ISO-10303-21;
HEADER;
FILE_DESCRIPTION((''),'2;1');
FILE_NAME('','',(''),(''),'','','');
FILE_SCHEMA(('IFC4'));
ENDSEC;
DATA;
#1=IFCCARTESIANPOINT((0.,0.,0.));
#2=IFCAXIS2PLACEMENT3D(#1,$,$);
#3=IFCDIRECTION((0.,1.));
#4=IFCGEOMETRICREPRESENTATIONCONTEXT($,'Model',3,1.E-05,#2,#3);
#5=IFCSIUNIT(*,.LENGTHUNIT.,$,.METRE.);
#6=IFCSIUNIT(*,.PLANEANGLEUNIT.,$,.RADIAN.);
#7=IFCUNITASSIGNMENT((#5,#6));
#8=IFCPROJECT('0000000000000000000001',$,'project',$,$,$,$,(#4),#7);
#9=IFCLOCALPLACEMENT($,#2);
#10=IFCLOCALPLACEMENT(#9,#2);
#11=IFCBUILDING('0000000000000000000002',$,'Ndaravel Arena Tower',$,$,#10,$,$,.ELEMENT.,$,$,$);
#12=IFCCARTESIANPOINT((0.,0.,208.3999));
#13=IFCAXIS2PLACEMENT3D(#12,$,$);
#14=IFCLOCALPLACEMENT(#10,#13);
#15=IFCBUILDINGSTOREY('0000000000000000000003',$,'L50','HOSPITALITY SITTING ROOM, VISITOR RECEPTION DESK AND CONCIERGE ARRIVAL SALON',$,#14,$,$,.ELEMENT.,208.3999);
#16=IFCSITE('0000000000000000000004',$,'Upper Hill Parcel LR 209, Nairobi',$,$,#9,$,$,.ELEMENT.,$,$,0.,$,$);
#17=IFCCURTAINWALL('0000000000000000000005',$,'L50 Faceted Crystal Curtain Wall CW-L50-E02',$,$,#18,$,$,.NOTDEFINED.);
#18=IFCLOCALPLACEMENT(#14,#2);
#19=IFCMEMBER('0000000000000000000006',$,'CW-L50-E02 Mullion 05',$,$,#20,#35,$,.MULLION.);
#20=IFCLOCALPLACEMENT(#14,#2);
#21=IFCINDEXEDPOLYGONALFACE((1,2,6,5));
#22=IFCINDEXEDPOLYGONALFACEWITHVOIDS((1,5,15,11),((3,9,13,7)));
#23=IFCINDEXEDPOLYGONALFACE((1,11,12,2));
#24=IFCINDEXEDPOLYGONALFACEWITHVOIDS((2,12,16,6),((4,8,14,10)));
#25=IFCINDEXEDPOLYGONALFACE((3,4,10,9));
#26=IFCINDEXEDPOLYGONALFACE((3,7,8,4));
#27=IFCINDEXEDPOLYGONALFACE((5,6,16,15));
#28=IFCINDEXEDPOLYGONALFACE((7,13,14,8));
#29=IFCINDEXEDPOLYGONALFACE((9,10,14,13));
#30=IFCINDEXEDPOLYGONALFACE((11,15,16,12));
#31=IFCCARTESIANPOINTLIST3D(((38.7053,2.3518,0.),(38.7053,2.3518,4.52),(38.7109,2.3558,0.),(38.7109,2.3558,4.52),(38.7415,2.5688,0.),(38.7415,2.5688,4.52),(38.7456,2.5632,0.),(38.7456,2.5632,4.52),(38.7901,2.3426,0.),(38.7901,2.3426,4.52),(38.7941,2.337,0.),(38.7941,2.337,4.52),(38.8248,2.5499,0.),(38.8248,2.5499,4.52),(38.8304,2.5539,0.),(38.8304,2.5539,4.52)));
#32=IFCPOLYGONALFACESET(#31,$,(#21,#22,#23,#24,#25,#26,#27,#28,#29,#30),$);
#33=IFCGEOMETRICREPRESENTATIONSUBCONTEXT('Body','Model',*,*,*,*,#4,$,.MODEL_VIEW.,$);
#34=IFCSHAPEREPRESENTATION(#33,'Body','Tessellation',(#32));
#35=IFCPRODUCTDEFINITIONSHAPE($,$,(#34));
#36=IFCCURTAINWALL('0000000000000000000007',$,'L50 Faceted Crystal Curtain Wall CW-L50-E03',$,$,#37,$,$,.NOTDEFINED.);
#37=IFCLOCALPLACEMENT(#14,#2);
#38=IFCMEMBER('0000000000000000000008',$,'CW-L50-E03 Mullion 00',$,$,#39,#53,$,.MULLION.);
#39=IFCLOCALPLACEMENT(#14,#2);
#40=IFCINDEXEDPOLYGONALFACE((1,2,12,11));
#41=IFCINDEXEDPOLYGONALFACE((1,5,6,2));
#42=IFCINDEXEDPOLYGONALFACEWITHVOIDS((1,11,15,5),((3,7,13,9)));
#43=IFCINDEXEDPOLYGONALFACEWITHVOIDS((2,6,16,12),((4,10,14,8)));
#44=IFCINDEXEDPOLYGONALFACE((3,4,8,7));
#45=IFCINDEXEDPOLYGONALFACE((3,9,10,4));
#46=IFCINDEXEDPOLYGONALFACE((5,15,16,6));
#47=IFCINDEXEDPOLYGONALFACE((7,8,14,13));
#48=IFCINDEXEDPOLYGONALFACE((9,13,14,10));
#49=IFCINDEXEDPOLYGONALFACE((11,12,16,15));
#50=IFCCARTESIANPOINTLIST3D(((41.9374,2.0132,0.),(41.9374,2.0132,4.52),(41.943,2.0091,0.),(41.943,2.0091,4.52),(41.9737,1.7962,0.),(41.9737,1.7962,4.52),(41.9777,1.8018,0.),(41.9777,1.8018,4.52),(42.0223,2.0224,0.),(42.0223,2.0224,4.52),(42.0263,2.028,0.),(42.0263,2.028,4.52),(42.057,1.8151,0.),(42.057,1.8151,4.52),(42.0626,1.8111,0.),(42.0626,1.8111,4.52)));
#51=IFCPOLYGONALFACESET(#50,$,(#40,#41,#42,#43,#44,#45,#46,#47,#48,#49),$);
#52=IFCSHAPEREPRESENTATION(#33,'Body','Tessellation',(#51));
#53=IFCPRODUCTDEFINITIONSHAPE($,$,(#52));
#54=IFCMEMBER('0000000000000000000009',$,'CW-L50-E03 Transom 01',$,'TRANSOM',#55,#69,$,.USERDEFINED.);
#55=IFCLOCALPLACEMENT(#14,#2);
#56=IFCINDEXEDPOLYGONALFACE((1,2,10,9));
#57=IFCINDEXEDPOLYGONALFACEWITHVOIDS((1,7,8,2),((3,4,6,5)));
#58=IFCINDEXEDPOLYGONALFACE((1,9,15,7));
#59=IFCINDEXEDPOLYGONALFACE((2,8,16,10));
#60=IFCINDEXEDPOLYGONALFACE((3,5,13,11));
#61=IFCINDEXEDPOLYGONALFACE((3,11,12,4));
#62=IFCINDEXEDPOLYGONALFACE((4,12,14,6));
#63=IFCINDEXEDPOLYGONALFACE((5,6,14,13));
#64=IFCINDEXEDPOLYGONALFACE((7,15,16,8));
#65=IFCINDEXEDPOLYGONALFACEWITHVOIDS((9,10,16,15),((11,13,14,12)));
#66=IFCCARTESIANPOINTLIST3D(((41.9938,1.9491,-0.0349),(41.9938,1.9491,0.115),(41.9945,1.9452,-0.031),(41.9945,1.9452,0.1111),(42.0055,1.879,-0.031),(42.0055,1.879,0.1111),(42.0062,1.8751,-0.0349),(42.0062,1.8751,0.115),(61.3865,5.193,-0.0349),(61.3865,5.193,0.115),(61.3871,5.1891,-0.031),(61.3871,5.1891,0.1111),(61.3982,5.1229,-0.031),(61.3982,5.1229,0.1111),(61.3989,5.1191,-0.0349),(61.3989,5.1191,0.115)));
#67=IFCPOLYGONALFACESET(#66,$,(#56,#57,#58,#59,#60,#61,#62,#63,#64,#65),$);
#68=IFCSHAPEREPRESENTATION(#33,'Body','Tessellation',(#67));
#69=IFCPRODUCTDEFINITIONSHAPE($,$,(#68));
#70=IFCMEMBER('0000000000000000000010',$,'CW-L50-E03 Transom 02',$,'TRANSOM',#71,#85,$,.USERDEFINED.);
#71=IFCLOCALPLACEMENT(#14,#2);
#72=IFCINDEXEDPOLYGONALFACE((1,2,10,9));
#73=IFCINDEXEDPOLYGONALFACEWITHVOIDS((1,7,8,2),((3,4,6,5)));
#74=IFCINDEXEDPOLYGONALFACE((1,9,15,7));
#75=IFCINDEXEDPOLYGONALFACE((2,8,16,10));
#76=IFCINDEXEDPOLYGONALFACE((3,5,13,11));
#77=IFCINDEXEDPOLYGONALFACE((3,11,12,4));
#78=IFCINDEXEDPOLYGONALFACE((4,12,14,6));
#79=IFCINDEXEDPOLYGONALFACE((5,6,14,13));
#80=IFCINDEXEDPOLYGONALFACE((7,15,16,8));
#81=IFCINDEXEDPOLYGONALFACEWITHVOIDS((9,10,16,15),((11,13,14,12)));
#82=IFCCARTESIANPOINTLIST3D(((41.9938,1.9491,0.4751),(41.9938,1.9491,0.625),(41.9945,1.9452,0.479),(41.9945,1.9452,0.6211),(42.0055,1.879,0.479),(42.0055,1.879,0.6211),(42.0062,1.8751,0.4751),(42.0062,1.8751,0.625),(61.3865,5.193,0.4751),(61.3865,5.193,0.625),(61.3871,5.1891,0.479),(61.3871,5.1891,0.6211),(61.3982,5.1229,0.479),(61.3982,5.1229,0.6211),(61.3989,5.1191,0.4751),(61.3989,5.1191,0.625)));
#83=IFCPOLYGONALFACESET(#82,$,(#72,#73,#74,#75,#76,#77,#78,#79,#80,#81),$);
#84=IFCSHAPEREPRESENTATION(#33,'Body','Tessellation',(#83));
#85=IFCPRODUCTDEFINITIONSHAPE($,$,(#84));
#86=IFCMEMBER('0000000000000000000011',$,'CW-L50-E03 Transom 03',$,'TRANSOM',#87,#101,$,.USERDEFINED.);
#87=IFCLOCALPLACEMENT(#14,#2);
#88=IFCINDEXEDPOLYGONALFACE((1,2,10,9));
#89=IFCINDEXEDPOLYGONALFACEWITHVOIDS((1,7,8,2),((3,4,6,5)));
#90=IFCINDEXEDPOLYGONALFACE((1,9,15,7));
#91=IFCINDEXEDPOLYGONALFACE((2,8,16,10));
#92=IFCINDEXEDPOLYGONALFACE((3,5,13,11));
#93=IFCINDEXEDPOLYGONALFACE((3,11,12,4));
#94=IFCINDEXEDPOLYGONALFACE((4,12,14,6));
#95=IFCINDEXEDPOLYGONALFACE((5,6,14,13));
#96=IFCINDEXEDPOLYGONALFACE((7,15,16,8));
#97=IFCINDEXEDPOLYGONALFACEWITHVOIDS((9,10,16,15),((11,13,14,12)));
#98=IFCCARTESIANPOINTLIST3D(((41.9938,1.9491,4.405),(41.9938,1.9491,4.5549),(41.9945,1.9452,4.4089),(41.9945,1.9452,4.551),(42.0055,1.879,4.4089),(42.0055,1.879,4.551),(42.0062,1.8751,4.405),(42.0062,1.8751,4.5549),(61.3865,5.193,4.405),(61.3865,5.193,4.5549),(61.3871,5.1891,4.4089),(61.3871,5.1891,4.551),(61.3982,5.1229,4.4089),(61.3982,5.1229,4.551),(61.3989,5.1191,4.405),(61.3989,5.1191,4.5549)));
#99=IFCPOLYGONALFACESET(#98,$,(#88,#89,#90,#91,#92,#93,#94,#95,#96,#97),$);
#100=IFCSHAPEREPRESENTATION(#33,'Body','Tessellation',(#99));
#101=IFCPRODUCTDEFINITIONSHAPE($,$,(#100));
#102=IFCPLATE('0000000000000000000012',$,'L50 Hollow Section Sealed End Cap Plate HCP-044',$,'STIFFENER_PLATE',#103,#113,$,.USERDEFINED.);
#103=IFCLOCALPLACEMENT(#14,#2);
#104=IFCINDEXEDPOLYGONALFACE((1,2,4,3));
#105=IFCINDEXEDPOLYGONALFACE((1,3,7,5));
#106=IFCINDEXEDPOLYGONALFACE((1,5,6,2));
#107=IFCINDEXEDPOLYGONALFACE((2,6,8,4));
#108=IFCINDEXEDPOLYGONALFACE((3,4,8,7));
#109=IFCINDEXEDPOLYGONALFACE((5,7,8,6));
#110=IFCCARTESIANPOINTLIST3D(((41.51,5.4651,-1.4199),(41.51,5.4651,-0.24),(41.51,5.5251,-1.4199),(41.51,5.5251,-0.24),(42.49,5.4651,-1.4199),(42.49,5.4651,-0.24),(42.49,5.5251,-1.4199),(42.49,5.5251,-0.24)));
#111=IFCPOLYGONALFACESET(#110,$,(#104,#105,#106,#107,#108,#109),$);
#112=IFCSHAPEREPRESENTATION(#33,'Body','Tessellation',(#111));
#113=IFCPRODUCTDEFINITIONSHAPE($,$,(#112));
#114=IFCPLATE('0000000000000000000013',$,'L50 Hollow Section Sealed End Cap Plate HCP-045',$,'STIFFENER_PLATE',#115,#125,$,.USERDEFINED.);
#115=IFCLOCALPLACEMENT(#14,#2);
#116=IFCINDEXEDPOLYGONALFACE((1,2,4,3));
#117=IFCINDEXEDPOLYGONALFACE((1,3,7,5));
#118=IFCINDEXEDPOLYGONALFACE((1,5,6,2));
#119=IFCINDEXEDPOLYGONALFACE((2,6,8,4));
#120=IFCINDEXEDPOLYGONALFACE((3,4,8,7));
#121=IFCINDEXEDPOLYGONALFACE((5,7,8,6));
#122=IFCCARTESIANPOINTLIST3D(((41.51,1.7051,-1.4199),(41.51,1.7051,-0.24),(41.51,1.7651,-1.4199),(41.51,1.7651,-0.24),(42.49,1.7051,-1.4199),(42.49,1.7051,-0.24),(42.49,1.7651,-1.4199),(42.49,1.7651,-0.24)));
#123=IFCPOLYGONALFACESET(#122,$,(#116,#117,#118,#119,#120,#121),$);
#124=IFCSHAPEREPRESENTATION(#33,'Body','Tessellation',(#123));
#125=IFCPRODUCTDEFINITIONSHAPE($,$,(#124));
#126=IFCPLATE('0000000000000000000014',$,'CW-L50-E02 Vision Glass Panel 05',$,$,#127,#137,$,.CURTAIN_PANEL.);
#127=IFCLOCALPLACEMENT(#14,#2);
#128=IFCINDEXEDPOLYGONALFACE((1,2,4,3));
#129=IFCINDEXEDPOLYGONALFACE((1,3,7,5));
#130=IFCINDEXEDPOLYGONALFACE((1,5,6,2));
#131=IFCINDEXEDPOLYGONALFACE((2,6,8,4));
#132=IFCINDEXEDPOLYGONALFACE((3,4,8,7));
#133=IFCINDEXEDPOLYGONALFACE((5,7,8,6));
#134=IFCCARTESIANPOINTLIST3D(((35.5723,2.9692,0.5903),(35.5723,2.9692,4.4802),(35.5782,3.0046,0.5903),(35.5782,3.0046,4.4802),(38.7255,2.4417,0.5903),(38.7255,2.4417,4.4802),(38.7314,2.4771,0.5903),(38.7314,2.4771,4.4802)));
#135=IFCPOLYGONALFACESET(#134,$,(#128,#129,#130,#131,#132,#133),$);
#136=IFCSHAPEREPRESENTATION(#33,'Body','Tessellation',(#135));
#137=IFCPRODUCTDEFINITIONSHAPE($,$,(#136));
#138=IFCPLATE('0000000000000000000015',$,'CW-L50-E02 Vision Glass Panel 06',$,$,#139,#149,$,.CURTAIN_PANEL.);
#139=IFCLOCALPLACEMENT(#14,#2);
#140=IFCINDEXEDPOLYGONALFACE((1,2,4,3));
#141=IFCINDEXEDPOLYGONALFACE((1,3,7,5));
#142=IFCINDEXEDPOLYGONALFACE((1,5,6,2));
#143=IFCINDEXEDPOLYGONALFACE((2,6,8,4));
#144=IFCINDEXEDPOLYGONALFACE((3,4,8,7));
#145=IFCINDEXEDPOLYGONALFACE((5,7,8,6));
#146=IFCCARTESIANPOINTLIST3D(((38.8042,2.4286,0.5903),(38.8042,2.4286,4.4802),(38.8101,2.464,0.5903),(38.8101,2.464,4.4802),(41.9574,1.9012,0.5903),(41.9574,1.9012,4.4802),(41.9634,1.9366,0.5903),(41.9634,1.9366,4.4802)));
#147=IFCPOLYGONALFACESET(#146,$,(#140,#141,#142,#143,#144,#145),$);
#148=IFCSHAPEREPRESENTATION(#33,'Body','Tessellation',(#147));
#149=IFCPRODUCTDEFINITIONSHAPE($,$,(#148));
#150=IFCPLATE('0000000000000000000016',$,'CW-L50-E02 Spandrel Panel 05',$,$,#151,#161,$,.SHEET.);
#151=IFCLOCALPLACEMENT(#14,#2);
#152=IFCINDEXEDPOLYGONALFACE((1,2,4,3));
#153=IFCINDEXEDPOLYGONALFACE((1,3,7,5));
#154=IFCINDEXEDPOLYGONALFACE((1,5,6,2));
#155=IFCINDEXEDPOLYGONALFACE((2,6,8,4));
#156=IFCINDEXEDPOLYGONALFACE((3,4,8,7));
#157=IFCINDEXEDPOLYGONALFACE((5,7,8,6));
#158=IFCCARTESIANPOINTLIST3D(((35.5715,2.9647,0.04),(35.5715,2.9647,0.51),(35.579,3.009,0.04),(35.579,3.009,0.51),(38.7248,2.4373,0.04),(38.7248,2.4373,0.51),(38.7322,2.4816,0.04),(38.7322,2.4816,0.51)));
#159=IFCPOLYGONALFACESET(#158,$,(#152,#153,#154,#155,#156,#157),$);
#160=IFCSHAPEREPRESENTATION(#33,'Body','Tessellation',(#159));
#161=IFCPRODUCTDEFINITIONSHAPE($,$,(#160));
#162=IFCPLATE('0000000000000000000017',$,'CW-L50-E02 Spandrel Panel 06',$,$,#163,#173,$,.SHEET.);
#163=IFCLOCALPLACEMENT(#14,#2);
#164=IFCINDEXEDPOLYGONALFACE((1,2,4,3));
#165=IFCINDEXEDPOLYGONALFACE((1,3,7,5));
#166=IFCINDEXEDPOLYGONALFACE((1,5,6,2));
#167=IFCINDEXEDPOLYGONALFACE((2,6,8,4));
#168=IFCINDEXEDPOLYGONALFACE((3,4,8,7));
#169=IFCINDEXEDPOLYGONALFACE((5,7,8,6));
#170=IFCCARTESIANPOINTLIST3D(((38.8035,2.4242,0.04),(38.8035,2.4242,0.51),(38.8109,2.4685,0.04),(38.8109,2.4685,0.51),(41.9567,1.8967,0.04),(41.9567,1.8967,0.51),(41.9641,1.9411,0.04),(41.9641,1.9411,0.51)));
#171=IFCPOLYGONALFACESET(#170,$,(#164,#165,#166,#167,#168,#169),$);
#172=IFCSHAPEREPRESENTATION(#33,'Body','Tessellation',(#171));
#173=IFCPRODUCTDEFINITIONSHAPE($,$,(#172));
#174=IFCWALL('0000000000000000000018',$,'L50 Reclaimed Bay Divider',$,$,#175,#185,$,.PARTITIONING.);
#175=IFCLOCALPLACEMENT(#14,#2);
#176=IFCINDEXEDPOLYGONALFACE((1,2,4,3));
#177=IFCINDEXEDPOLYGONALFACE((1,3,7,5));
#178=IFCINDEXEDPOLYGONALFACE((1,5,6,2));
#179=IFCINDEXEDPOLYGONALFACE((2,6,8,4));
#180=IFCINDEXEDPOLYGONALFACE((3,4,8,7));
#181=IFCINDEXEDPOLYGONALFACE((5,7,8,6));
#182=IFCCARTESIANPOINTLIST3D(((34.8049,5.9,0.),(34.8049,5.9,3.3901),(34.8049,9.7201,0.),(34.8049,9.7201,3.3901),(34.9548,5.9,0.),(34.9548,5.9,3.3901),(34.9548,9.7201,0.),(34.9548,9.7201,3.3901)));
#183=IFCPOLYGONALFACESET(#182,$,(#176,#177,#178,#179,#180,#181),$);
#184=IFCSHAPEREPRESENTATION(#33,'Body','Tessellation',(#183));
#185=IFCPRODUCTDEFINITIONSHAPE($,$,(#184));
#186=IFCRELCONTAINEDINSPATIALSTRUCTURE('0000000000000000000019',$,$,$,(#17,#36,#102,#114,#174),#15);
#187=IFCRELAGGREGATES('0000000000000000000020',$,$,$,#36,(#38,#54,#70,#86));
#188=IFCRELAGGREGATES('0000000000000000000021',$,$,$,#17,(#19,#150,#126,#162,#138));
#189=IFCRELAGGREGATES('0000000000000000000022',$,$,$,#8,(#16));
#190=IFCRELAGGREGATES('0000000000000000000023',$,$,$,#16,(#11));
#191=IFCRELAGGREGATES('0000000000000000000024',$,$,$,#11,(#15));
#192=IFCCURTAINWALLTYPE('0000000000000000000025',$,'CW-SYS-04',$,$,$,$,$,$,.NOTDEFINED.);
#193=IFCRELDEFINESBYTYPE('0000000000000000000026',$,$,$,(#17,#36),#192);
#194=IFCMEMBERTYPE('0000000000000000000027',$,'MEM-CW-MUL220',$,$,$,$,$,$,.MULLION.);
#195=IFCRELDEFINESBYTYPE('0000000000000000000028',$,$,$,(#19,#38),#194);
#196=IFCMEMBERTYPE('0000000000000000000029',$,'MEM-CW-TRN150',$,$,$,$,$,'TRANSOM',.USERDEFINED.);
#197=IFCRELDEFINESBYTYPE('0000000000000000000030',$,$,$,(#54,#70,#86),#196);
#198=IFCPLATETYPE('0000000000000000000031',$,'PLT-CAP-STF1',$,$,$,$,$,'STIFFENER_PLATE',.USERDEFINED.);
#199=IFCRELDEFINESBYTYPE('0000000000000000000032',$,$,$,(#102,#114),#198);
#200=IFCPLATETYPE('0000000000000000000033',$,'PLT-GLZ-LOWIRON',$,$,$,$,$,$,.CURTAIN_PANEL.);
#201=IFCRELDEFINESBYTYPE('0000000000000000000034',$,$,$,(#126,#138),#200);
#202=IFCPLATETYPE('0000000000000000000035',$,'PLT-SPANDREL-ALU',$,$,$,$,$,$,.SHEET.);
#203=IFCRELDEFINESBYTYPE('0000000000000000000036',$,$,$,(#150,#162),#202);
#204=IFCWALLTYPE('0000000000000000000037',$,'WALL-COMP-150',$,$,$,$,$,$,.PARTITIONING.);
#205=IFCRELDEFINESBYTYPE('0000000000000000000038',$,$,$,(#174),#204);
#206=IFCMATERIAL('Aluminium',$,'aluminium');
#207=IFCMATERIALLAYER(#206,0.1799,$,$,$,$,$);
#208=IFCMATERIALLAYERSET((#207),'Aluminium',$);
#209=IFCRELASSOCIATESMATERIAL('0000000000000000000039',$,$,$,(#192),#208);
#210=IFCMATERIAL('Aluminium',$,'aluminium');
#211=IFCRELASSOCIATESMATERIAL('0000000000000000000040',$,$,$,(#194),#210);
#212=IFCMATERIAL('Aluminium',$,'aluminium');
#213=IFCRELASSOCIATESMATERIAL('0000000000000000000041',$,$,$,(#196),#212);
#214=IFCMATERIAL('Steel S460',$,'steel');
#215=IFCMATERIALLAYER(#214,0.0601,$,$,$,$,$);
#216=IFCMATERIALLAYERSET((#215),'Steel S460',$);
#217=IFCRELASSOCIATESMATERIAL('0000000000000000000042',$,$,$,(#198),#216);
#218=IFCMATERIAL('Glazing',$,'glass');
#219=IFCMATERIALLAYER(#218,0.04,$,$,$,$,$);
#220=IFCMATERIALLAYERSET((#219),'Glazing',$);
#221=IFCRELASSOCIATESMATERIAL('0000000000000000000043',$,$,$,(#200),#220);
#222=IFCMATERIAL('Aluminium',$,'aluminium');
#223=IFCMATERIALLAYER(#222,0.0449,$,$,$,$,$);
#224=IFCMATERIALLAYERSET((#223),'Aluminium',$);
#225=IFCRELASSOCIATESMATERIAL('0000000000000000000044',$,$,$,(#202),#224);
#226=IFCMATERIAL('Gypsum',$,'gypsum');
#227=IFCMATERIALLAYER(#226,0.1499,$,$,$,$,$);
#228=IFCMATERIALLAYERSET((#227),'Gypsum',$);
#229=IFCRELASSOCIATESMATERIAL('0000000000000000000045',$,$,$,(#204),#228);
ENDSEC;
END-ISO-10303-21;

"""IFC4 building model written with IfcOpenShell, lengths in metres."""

from ifc_helpers import new_model, si_unit, direction, frame, frame_2d, origin, origin_2d, place, context, subcontext, project, spatial, rectangle, hollow_rectangle, extrude, material, layer, layer_set, material_profile, profile_set, type_object, element, aggregate, save


model = new_model("IFC4")

# Units and contexts
model_context = context("Model", 3, precision=1e-05, world=origin(), true_north=direction((0.0, 1.0)))
body_context = subcontext(model_context, "Body", "Model", "MODEL_VIEW")
ifc_project = project(units=[si_unit("LENGTHUNIT", "METRE"), si_unit("PLANEANGLEUNIT", "RADIAN")], contexts=[model_context])

# Site, building, storey
site_placement = place(None, origin())
site = spatial("IfcSite", under=ifc_project, at=site_placement, Name="Upper Hill Parcel LR 209, Nairobi", CompositionType="ELEMENT", RefElevation=0.0)
building_placement = place(site_placement, origin())
building = spatial("IfcBuilding", under=site, at=building_placement, Name="Ndaravel Arena Tower", CompositionType="ELEMENT")
storey_placement = place(building_placement, frame((0.0, 0.0, 208.3999)))
storey = spatial("IfcBuildingStorey", under=building, at=storey_placement, Name="L50", Description="HOSPITALITY SITTING ROOM, VISITOR RECEPTION DESK AND CONCIERGE ARRIVAL SALON", CompositionType="ELEMENT", Elevation=208.3999)

# Curtain walls, members
ifc_material_1 = material(Name="Aluminium", Category="aluminium")
ifc_layer_1 = layer(ifc_material_1, 0.1799)
ifc_layer_set_1 = layer_set([ifc_layer_1], Name="Aluminium")
curtain_wall_type = type_object("IfcCurtainWallType", Name="CW-SYS-04", PredefinedType="NOTDEFINED", material=ifc_layer_set_1)
curtain_wall_1_placement = place(storey_placement, origin())
curtain_wall_1 = element("IfcCurtainWall", 1, at=curtain_wall_1_placement, inside=storey, type_object=curtain_wall_type, Name="L50 Faceted Crystal Curtain Wall CW-L50-E02", PredefinedType="NOTDEFINED")
ifc_material_2 = material(Name="Aluminium", Category="aluminium")
ifc_material_profile_1 = material_profile(ifc_material_2, hollow_rectangle(XDim=0.0901, YDim=0.22, WallThickness=0.0049, at=origin_2d()), Name="CW MULLION 90x220x5")
ifc_profile_set_1 = profile_set([ifc_material_profile_1], Name="Aluminium")
member_type_1 = type_object("IfcMemberType", Name="MEM-CW-MUL220", PredefinedType="MULLION", material=ifc_profile_set_1)
member_1_placement = place(storey_placement, frame((38.7678, 2.4529, 0.0), z_axis=(0.0, 0.0, 1.0), x_axis=(0.986297, -0.164979, 0.0)))
member_1 = element("IfcMember", 2, at=member_1_placement, type_object=member_type_1, Name="CW-L50-E02 Mullion 05", PredefinedType="MULLION", context=body_context, shape_type="SweptSolid", body=[
    extrude(hollow_rectangle(XDim=0.0901, YDim=0.22, WallThickness=0.0049, at=origin_2d()), origin(), (0.0, 0.0, 1.0), 4.52),
])
curtain_wall_2_placement = place(storey_placement, origin())
curtain_wall_2 = element("IfcCurtainWall", 3, at=curtain_wall_2_placement, inside=storey, type_object=curtain_wall_type, Name="L50 Faceted Crystal Curtain Wall CW-L50-E03", PredefinedType="NOTDEFINED")
member_2_placement = place(storey_placement, frame((42.0, 1.9121, 0.0), z_axis=(0.0, 0.0, 1.0), x_axis=(0.986297, 0.164979, 0.0)))
member_2 = element("IfcMember", 4, at=member_2_placement, type_object=member_type_1, Name="CW-L50-E03 Mullion 00", PredefinedType="MULLION", context=body_context, shape_type="SweptSolid", body=[
    extrude(hollow_rectangle(XDim=0.0901, YDim=0.22, WallThickness=0.0049, at=origin_2d()), origin(), (0.0, 0.0, 1.0), 4.52),
])
ifc_material_3 = material(Name="Aluminium", Category="aluminium")
ifc_material_profile_2 = material_profile(ifc_material_3, hollow_rectangle(XDim=0.075, YDim=0.1499, WallThickness=0.0039, at=origin_2d()), Name="CW TRANSOM 75x150x4")
ifc_profile_set_2 = profile_set([ifc_material_profile_2], Name="Aluminium")
member_type_2 = type_object("IfcMemberType", Name="MEM-CW-TRN150", ElementType="TRANSOM", PredefinedType="USERDEFINED", material=ifc_profile_set_2)
member_3_placement = place(storey_placement, frame((42.0, 1.9121, 0.04), z_axis=(0.986296, 0.164983, 0.0), x_axis=(-0.164983, 0.986296, 0.0)))
member_3 = element("IfcMember", 5, at=member_3_placement, type_object=member_type_2, Name="CW-L50-E03 Transom 01", ObjectType="TRANSOM", PredefinedType="USERDEFINED", context=body_context, shape_type="SweptSolid", body=[
    extrude(hollow_rectangle(XDim=0.075, YDim=0.1499, WallThickness=0.0039, at=origin_2d()), origin(), (0.0, 0.0, 1.0), 19.6621),
])
member_4_placement = place(storey_placement, frame((42.0, 1.9121, 0.55), z_axis=(0.986296, 0.164983, 0.0), x_axis=(-0.164983, 0.986296, 0.0)))
member_4 = element("IfcMember", 6, at=member_4_placement, type_object=member_type_2, Name="CW-L50-E03 Transom 02", ObjectType="TRANSOM", PredefinedType="USERDEFINED", context=body_context, shape_type="SweptSolid", body=[
    extrude(hollow_rectangle(XDim=0.075, YDim=0.1499, WallThickness=0.0039, at=origin_2d()), origin(), (0.0, 0.0, 1.0), 19.6621),
])
member_5_placement = place(storey_placement, frame((42.0, 1.9121, 4.48), z_axis=(0.986296, 0.164983, 0.0), x_axis=(-0.164983, 0.986296, 0.0)))
member_5 = element("IfcMember", 7, at=member_5_placement, type_object=member_type_2, Name="CW-L50-E03 Transom 03", ObjectType="TRANSOM", PredefinedType="USERDEFINED", context=body_context, shape_type="SweptSolid", body=[
    extrude(hollow_rectangle(XDim=0.075, YDim=0.1499, WallThickness=0.0039, at=origin_2d()), origin(), (0.0, 0.0, 1.0), 19.6621),
])
aggregate(curtain_wall_2, [member_2, member_3, member_4, member_5])

# Plates
ifc_material_4 = material(Name="Steel S460", Category="steel")
ifc_layer_2 = layer(ifc_material_4, 0.0601)
ifc_layer_set_2 = layer_set([ifc_layer_2], Name="Steel S460")
plate_type_1 = type_object("IfcPlateType", Name="PLT-CAP-STF1", ElementType="STIFFENER_PLATE", PredefinedType="USERDEFINED", material=ifc_layer_set_2)
for number, where, z_axis, x_axis, name in (
    (8, (42.0, 5.4951, -1.4199), (0.0, 0.0, 1.0), (0.0, -1.0, 0.0), "L50 Hollow Section Sealed End Cap Plate HCP-044"),
    (9, (42.0, 1.7351, -1.4199), (0.0, 0.0, 1.0), (0.0, -1.0, 0.0), "L50 Hollow Section Sealed End Cap Plate HCP-045"),
):
    element("IfcPlate", number, at=place(storey_placement, frame(where, z_axis=z_axis, x_axis=x_axis)), inside=storey, type_object=plate_type_1, Name=name, ObjectType="STIFFENER_PLATE", PredefinedType="USERDEFINED", context=body_context, shape_type="SweptSolid", body=[
        extrude(rectangle(XDim=0.0601, YDim=0.98, at=origin_2d()), origin(), (0.0, 0.0, 1.0), 1.1799),
    ])

# Plates
ifc_material_5 = material(Name="Glazing", Category="glass")
ifc_layer_3 = layer(ifc_material_5, 0.04)
ifc_layer_set_3 = layer_set([ifc_layer_3], Name="Glazing")
plate_type_2 = type_object("IfcPlateType", Name="PLT-GLZ-LOWIRON", PredefinedType="CURTAIN_PANEL", material=ifc_layer_set_3)
plate_1_placement = place(storey_placement, frame((37.1519, 2.7231, 0.5903), z_axis=(0.0, 0.0, 1.0), x_axis=(0.986297, -0.164979, 0.0)))
plate_1 = element("IfcPlate", 10, at=plate_1_placement, type_object=plate_type_2, Name="CW-L50-E02 Vision Glass Panel 05", PredefinedType="CURTAIN_PANEL", context=body_context, shape_type="SweptSolid", body=[
    extrude(rectangle(XDim=3.197, YDim=0.0359, at=origin_2d()), origin(), (0.0, 0.0, 1.0), 3.8899),
])
plate_2_placement = place(storey_placement, frame((40.3838, 2.1826, 0.5903), z_axis=(0.0, 0.0, 1.0), x_axis=(0.986297, -0.164979, 0.0)))
plate_2 = element("IfcPlate", 11, at=plate_2_placement, type_object=plate_type_2, Name="CW-L50-E02 Vision Glass Panel 06", PredefinedType="CURTAIN_PANEL", context=body_context, shape_type="SweptSolid", body=[
    extrude(rectangle(XDim=3.197, YDim=0.0359, at=origin_2d()), origin(), (0.0, 0.0, 1.0), 3.8899),
])
ifc_material_6 = material(Name="Aluminium", Category="aluminium")
ifc_layer_4 = layer(ifc_material_6, 0.0449)
ifc_layer_set_4 = layer_set([ifc_layer_4], Name="Aluminium")
plate_type_3 = type_object("IfcPlateType", Name="PLT-SPANDREL-ALU", PredefinedType="SHEET", material=ifc_layer_set_4)
plate_3_placement = place(storey_placement, frame((37.1519, 2.7231, 0.04), z_axis=(0.0, 0.0, 1.0), x_axis=(0.986297, -0.164979, 0.0)))
plate_3 = element("IfcPlate", 12, at=plate_3_placement, type_object=plate_type_3, Name="CW-L50-E02 Spandrel Panel 05", PredefinedType="SHEET", context=body_context, shape_type="SweptSolid", body=[
    extrude(rectangle(XDim=3.197, YDim=0.0449, at=origin_2d()), origin(), (0.0, 0.0, 1.0), 0.47),
])
plate_4_placement = place(storey_placement, frame((40.3838, 2.1826, 0.04), z_axis=(0.0, 0.0, 1.0), x_axis=(0.986297, -0.164979, 0.0)))
plate_4 = element("IfcPlate", 13, at=plate_4_placement, type_object=plate_type_3, Name="CW-L50-E02 Spandrel Panel 06", PredefinedType="SHEET", context=body_context, shape_type="SweptSolid", body=[
    extrude(rectangle(XDim=3.197, YDim=0.0449, at=origin_2d()), origin(), (0.0, 0.0, 1.0), 0.47),
])
aggregate(curtain_wall_1, [member_1, plate_3, plate_1, plate_4, plate_2])

# Wall
ifc_material_7 = material(Name="Gypsum", Category="gypsum")
ifc_layer_5 = layer(ifc_material_7, 0.1499)
ifc_layer_set_5 = layer_set([ifc_layer_5], Name="Gypsum")
wall_type_1 = type_object("IfcWallType", Name="WALL-COMP-150", PredefinedType="PARTITIONING", material=ifc_layer_set_5)
wall_1_placement = place(storey_placement, frame((34.8799, 5.8999, 0.0), z_axis=(0.0, 0.0, 1.0), x_axis=(0.0, 1.0, 0.0)))
element("IfcWall", 14, at=wall_1_placement, inside=storey, type_object=wall_type_1, Name="L50 Reclaimed Bay Divider", PredefinedType="PARTITIONING", context=body_context, shape_type="SweptSolid", body=[
    extrude(rectangle(XDim=3.8201, YDim=0.1499, at=frame_2d((1.9102, 0.0))), origin(), (0.0, 0.0, 1.0), 3.3901),
])

save(model, "model.ifc")
